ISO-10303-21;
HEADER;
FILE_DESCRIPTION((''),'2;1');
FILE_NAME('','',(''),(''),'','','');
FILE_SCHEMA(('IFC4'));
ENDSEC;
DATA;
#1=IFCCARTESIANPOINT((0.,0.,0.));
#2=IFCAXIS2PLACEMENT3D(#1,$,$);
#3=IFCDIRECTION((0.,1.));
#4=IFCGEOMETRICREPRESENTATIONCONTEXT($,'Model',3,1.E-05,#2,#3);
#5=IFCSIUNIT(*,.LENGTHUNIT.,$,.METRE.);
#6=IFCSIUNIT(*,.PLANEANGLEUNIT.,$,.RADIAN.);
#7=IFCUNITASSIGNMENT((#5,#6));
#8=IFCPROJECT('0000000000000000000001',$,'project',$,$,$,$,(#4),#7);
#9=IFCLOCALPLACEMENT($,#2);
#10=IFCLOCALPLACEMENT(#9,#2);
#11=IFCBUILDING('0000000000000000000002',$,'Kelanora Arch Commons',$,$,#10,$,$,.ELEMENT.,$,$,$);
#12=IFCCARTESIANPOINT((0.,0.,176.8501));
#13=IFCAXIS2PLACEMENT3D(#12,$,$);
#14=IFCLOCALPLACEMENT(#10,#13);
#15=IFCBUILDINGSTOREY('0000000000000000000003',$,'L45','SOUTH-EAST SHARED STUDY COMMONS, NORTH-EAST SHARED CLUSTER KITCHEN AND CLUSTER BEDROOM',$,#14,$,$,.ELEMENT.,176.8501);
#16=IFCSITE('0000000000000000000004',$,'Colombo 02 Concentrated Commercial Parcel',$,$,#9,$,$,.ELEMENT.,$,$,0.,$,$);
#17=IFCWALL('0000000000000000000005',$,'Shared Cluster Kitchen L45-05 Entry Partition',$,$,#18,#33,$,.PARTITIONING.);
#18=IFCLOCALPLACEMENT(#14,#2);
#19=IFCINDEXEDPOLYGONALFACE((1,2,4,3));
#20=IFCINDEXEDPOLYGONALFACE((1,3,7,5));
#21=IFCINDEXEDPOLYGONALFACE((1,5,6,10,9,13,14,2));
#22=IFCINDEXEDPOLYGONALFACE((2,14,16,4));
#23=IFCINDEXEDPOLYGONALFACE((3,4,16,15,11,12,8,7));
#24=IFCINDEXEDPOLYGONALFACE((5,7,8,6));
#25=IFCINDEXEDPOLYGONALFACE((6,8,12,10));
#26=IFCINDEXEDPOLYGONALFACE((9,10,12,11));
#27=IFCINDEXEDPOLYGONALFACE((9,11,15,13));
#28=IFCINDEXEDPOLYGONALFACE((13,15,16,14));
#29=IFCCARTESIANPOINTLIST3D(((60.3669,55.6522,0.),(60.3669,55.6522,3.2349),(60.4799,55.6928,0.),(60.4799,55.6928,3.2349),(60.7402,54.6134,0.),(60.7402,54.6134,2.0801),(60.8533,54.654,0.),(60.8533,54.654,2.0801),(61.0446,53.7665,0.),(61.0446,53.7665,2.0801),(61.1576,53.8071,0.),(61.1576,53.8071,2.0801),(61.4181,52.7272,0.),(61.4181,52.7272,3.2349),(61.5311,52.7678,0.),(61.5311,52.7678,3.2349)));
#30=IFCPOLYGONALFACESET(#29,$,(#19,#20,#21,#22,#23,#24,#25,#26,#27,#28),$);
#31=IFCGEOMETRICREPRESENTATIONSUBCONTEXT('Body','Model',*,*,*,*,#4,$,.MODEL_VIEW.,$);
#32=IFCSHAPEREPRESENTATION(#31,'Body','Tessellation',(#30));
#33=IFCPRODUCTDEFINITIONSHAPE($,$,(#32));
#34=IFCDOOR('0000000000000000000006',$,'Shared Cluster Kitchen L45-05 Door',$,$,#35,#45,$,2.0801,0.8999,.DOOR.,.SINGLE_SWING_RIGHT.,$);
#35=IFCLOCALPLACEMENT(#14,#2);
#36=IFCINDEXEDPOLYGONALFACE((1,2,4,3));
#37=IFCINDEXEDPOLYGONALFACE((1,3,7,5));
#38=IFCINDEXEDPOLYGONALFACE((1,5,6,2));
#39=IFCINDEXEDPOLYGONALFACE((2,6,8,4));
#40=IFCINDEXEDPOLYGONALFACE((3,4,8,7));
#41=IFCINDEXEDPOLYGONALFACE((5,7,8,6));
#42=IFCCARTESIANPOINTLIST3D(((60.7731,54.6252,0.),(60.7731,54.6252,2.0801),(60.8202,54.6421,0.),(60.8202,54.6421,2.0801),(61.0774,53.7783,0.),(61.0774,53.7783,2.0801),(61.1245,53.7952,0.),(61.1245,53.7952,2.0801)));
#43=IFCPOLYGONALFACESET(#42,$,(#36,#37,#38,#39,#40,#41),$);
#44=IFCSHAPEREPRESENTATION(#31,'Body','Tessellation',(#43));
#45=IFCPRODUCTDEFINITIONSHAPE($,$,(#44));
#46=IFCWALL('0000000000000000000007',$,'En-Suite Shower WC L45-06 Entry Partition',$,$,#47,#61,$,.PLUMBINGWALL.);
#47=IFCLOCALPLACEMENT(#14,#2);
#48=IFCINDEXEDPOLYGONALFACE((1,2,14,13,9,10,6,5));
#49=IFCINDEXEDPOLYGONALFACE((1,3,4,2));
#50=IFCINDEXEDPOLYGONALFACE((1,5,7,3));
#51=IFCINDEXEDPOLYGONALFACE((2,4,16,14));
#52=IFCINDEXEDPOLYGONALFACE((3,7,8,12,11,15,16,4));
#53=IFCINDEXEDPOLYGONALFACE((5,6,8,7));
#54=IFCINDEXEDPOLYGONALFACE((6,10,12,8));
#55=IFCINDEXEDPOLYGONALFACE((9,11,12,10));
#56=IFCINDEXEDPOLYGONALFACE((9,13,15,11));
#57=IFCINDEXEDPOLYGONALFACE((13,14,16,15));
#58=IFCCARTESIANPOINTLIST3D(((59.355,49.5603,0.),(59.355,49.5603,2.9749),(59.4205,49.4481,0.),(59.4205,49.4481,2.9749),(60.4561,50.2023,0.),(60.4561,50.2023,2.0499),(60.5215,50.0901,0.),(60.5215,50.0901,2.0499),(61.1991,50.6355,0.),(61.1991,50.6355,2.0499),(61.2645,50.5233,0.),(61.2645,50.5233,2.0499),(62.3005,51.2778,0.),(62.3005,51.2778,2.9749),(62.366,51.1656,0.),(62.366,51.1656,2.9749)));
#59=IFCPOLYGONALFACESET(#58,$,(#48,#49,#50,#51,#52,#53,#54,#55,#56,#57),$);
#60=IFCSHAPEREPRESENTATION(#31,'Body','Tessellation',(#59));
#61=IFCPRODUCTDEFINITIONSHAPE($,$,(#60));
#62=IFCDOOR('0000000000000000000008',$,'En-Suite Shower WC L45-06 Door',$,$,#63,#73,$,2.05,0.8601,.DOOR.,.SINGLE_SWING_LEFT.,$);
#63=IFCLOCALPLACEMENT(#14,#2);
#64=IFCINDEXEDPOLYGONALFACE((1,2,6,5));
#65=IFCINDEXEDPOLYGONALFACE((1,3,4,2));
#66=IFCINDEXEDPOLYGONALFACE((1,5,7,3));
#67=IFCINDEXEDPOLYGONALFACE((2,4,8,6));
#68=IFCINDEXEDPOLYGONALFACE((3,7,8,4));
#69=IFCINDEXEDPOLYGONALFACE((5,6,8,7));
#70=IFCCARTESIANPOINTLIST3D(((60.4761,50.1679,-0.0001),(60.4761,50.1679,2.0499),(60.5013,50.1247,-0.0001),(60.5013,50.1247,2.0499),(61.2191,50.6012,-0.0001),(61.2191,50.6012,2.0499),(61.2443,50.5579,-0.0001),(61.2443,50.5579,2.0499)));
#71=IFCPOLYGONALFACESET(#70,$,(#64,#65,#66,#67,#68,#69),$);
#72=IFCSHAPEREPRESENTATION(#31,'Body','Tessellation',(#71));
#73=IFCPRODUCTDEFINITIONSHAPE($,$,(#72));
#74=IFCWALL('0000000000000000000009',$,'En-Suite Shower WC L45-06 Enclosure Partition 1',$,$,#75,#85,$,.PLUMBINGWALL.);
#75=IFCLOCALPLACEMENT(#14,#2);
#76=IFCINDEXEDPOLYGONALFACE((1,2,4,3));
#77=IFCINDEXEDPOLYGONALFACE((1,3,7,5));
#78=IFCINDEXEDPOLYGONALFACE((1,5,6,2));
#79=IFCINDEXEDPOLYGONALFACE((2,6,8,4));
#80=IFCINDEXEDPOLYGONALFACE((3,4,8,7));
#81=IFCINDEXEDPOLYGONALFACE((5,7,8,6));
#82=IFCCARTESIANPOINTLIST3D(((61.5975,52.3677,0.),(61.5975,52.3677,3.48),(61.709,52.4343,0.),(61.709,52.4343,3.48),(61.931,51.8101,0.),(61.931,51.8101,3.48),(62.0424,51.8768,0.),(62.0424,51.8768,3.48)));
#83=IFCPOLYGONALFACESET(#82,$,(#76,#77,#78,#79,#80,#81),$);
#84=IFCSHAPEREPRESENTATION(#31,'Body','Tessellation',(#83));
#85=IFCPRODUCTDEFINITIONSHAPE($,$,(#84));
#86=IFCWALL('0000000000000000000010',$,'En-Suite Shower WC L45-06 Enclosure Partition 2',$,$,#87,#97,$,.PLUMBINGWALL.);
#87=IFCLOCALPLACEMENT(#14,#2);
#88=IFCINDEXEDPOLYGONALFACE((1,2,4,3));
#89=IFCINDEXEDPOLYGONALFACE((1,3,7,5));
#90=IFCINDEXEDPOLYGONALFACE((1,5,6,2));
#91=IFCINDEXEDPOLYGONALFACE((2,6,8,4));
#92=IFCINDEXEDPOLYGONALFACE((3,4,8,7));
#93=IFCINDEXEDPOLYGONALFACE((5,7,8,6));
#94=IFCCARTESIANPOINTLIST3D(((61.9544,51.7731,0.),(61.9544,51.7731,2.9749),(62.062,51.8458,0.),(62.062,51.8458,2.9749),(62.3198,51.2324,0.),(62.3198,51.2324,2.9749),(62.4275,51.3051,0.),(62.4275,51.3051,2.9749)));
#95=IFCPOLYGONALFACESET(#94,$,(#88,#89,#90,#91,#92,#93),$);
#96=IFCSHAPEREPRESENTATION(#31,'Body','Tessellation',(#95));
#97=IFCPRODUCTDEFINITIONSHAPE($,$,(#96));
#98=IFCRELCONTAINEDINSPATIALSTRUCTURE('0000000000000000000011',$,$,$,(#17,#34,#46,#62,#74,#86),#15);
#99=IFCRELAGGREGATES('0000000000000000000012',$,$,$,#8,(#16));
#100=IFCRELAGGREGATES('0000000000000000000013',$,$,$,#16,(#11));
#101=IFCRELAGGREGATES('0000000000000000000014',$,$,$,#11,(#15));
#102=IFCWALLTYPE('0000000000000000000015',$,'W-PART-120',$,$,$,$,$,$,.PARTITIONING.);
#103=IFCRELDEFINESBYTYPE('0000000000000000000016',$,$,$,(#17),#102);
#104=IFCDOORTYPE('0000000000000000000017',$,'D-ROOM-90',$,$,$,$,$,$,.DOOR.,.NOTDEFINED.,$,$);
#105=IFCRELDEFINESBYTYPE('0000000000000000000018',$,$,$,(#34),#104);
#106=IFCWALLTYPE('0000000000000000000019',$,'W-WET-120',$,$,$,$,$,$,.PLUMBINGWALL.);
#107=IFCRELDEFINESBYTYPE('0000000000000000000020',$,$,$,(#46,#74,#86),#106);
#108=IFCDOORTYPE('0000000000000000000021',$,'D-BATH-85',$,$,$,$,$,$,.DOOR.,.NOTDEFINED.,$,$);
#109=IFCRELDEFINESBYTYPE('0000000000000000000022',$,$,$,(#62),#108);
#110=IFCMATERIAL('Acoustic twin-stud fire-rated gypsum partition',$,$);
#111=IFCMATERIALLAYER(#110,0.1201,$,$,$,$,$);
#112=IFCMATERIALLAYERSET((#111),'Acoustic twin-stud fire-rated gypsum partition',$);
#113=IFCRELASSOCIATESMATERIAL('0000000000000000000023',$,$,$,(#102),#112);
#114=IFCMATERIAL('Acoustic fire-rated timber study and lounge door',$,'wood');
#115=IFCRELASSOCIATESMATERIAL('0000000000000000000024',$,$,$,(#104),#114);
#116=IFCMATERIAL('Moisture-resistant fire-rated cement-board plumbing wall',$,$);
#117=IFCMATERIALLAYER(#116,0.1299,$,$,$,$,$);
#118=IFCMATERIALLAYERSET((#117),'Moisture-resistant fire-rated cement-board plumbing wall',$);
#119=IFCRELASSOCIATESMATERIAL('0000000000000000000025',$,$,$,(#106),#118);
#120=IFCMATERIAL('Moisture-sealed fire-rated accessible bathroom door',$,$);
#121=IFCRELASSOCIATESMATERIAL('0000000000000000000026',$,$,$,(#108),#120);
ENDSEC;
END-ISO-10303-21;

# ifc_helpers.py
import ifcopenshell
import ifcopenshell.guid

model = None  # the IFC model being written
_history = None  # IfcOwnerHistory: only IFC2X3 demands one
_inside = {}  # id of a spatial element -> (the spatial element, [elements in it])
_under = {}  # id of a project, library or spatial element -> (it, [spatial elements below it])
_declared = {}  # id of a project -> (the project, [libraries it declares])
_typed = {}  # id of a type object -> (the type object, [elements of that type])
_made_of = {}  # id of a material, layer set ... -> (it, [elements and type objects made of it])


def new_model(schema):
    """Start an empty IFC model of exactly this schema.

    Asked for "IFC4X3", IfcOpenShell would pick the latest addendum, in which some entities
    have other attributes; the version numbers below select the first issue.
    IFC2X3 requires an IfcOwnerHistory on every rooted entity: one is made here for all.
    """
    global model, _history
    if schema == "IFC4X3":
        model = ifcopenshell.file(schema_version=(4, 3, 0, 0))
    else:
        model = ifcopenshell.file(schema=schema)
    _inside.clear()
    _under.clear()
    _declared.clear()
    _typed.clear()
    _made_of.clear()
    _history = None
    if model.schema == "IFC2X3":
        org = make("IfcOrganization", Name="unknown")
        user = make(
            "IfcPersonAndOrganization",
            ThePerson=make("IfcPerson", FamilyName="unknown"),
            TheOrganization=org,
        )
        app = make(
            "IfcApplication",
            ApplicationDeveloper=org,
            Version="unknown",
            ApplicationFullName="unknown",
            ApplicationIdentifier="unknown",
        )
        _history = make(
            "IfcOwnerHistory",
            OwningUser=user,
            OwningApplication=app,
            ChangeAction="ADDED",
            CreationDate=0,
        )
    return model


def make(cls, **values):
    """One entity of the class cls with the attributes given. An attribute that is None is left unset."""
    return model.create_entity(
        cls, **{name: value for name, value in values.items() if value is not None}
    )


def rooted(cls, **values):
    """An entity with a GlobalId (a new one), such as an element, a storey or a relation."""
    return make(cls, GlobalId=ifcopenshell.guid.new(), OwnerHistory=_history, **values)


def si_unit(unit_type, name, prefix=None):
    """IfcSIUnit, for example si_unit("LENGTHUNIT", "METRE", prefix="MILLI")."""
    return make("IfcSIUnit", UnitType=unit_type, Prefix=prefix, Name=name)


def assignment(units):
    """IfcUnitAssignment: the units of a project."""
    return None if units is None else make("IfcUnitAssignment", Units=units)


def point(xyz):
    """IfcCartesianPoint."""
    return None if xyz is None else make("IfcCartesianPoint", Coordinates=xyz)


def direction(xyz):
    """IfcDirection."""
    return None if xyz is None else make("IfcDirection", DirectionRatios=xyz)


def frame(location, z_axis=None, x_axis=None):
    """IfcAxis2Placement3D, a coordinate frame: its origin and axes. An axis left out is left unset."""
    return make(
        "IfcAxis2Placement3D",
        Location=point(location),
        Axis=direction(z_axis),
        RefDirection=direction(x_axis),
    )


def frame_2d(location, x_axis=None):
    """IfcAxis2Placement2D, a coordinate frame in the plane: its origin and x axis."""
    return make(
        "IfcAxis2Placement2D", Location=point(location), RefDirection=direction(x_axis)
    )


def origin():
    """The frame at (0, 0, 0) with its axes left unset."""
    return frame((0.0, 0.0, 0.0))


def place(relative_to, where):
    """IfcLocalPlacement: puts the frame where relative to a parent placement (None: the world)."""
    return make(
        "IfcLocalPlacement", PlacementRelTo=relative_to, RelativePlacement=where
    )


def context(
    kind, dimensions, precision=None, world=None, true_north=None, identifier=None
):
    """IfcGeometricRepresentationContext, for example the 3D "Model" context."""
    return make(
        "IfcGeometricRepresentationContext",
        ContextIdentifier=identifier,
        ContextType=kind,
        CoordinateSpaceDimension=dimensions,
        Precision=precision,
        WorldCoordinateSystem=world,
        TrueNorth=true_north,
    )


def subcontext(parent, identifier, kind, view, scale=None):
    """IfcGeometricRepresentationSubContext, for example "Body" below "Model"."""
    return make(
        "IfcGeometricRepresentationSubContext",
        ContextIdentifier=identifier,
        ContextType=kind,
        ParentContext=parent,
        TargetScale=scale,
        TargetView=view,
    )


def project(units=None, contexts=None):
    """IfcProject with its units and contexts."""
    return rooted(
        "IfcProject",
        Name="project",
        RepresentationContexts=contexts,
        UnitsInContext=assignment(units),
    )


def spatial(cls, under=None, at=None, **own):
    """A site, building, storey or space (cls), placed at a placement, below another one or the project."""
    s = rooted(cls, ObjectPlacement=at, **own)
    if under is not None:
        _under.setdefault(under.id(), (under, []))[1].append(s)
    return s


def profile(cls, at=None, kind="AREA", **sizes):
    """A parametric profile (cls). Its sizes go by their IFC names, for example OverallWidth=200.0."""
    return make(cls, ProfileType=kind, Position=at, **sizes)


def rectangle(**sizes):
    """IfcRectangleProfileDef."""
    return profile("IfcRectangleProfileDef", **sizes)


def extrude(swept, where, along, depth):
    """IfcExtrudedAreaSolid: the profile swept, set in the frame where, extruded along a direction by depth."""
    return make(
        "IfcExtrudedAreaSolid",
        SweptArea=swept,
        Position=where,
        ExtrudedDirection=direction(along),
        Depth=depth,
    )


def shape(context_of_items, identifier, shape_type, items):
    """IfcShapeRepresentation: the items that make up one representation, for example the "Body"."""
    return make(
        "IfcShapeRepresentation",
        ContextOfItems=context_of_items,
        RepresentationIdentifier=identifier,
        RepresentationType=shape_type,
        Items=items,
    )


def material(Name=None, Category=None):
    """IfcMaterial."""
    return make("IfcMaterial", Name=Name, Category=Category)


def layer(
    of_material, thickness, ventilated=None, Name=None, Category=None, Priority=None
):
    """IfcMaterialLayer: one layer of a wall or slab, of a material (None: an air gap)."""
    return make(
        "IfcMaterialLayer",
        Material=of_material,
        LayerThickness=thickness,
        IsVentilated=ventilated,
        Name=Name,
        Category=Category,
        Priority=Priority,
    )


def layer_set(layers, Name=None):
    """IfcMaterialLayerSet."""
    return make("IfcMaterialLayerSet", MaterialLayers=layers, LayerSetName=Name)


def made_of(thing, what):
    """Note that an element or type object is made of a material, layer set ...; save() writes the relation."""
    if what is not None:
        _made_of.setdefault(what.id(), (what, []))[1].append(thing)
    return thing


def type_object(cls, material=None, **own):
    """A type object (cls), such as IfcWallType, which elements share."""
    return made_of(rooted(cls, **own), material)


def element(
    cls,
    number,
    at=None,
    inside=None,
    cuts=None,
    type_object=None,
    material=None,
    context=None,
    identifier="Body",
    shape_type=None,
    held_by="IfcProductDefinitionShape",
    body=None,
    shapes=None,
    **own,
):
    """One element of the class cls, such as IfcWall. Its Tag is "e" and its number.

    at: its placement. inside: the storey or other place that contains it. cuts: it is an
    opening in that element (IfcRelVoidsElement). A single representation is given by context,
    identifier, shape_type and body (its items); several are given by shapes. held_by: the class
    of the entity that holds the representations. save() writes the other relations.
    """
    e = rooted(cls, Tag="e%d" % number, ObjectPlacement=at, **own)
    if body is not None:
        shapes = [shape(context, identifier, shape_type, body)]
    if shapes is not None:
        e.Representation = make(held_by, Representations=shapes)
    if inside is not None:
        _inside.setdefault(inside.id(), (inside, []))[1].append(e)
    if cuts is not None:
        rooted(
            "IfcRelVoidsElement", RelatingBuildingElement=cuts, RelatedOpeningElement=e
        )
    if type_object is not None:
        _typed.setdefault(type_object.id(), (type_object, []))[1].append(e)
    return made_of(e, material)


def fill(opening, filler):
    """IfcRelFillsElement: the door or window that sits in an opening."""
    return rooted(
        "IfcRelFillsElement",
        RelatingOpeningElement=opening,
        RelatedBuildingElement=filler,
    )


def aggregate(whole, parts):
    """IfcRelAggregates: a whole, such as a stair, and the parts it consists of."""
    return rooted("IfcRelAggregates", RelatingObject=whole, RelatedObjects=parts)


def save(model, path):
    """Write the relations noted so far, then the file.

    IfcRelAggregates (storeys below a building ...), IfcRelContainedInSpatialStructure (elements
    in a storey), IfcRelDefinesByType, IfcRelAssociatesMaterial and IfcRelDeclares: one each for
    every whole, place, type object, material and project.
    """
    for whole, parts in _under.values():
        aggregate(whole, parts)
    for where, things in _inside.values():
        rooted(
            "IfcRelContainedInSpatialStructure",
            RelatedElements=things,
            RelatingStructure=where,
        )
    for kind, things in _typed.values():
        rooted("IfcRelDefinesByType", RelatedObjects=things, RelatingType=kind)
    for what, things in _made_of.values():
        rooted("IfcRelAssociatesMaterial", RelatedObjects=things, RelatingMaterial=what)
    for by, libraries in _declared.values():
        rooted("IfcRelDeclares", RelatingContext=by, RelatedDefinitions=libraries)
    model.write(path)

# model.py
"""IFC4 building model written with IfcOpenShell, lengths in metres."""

from ifc_helpers import new_model, si_unit, direction, frame, frame_2d, origin, place, context, subcontext, project, spatial, rectangle, extrude, material, layer, layer_set, type_object, element, fill, save


model = new_model("IFC4")

# Units and contexts
model_context = context("Model", 3, precision=1e-05, world=origin(), true_north=direction((0.0, 1.0)))
body_context = subcontext(model_context, "Body", "Model", "MODEL_VIEW")
ifc_project = project(units=[si_unit("LENGTHUNIT", "METRE"), si_unit("PLANEANGLEUNIT", "RADIAN")], contexts=[model_context])

# Site, building, storey
site_placement = place(None, origin())
site = spatial("IfcSite", under=ifc_project, at=site_placement, Name="Colombo 02 Concentrated Commercial Parcel", CompositionType="ELEMENT", RefElevation=0.0)
building_placement = place(site_placement, origin())
building = spatial("IfcBuilding", under=site, at=building_placement, Name="Kelanora Arch Commons", CompositionType="ELEMENT")
storey_placement = place(building_placement, frame((0.0, 0.0, 176.8501)))
storey = spatial("IfcBuildingStorey", under=building, at=storey_placement, Name="L45", Description="SOUTH-EAST SHARED STUDY COMMONS, NORTH-EAST SHARED CLUSTER KITCHEN AND CLUSTER BEDROOM", CompositionType="ELEMENT", Elevation=176.8501)

# Walls, openings, doors
ifc_material_1 = material(Name="Acoustic twin-stud fire-rated gypsum partition")
ifc_layer_1 = layer(ifc_material_1, 0.1201)
ifc_layer_set_1 = layer_set([ifc_layer_1], Name="Acoustic twin-stud fire-rated gypsum partition")
wall_type_1 = type_object("IfcWallType", Name="W-PART-120", PredefinedType="PARTITIONING", material=ifc_layer_set_1)
wall_1_placement = place(storey_placement, frame((60.4233, 55.6726, 0.0), z_axis=(0.0, 0.0, 1.0), x_axis=(0.338222, -0.941067, 0.0)))
wall_1 = element("IfcWall", 1, at=wall_1_placement, inside=storey, type_object=wall_type_1, Name="Shared Cluster Kitchen L45-05 Entry Partition", PredefinedType="PARTITIONING", context=body_context, shape_type="SweptSolid", body=[
    extrude(rectangle(XDim=3.1082, YDim=0.1201, at=frame_2d((1.5542, 0.0))), origin(), (0.0, 0.0, 1.0), 3.2349),
])
opening_1_placement = place(wall_1_placement, frame((1.104, 0.0, 0.0)))
opening_1 = element("IfcOpeningElement", 2, at=opening_1_placement, cuts=wall_1, PredefinedType="OPENING", context=body_context, shape_type="SweptSolid", body=[
    extrude(rectangle(XDim=0.8999, YDim=2.0801, at=frame_2d((0.45, 1.04))), frame((0.0, 0.0701, 0.0), z_axis=(0.0, -1.0, 0.0), x_axis=(1.0, 0.0, 0.0)), (0.0, 0.0, 1.0), 0.1401),
])
ifc_material_2 = material(Name="Acoustic fire-rated timber study and lounge door", Category="wood")
door_type_1 = type_object("IfcDoorType", Name="D-ROOM-90", OperationType="NOTDEFINED", PredefinedType="DOOR", material=ifc_material_2)
door_1_placement = place(opening_1_placement, origin())
door_1 = element("IfcDoor", 3, at=door_1_placement, inside=storey, type_object=door_type_1, Name="Shared Cluster Kitchen L45-05 Door", OperationType="SINGLE_SWING_RIGHT", OverallHeight=2.0801, OverallWidth=0.8999, PredefinedType="DOOR", context=body_context, shape_type="SweptSolid", body=[
    extrude(rectangle(XDim=0.8999, YDim=2.0801, at=frame_2d((0.45, 1.04))), frame((0.0, 0.0249, 0.0), z_axis=(0.0, -1.0, 0.0), x_axis=(1.0, 0.0, 0.0)), (0.0, 0.0, 1.0), 0.05),
])
fill(opening_1, door_1)
ifc_material_3 = material(Name="Moisture-resistant fire-rated cement-board plumbing wall")
ifc_layer_2 = layer(ifc_material_3, 0.1299)
ifc_layer_set_2 = layer_set([ifc_layer_2], Name="Moisture-resistant fire-rated cement-board plumbing wall")
wall_type_2 = type_object("IfcWallType", Name="W-WET-120", PredefinedType="PLUMBINGWALL", material=ifc_layer_set_2)
wall_2_placement = place(storey_placement, frame((62.3333, 51.2217, 0.0), z_axis=(0.0, 0.0, 1.0), x_axis=(-0.86387, -0.503715, 0.0)))
wall_2 = element("IfcWall", 4, at=wall_2_placement, inside=storey, type_object=wall_type_2, Name="En-Suite Shower WC L45-06 Entry Partition", PredefinedType="PLUMBINGWALL", context=body_context, shape_type="SweptSolid", body=[
    extrude(rectangle(XDim=3.4097, YDim=0.1299, at=frame_2d((1.7048, 0.0))), origin(), (0.0, 0.0, 1.0), 2.9749),
])
opening_2_placement = place(wall_2_placement, frame((1.2749, 0.0, 0.0)))
opening_2 = element("IfcOpeningElement", 5, at=opening_2_placement, cuts=wall_2, PredefinedType="OPENING", context=body_context, shape_type="SweptSolid", body=[
    extrude(rectangle(XDim=0.8601, YDim=2.05, at=frame_2d((0.4302, 1.0249))), frame((0.0, 0.075, 0.0), z_axis=(0.0, -1.0, 0.0), x_axis=(1.0, 0.0, 0.0)), (0.0, 0.0, 1.0), 0.1499),
])
ifc_material_4 = material(Name="Moisture-sealed fire-rated accessible bathroom door")
door_type_2 = type_object("IfcDoorType", Name="D-BATH-85", OperationType="NOTDEFINED", PredefinedType="DOOR", material=ifc_material_4)
door_2_placement = place(opening_2_placement, origin())
door_2 = element("IfcDoor", 6, at=door_2_placement, inside=storey, type_object=door_type_2, Name="En-Suite Shower WC L45-06 Door", OperationType="SINGLE_SWING_LEFT", OverallHeight=2.05, OverallWidth=0.8601, PredefinedType="DOOR", context=body_context, shape_type="SweptSolid", body=[
    extrude(rectangle(XDim=0.8601, YDim=2.05, at=frame_2d((0.4302, 1.0249))), frame((0.0, 0.0249, 0.0), z_axis=(0.0, -1.0, 0.0), x_axis=(1.0, 0.0, 0.0)), (0.0, 0.0, 1.0), 0.05),
])
fill(opening_2, door_2)

# Walls
wall_3_placement = place(storey_placement, frame((61.6533, 52.4009, 0.0), z_axis=(0.0, 0.0, 1.0), x_axis=(0.51328, -0.858221, 0.0)))
element("IfcWall", 7, at=wall_3_placement, inside=storey, type_object=wall_type_2, Name="En-Suite Shower WC L45-06 Enclosure Partition 1", PredefinedType="PLUMBINGWALL", context=body_context, shape_type="SweptSolid", body=[
    extrude(rectangle(XDim=0.6497, YDim=0.1299, at=frame_2d((0.3247, 0.0))), origin(), (0.0, 0.0, 1.0), 3.48),
])
wall_4_placement = place(storey_placement, frame((62.0083, 51.8093, 0.0), z_axis=(0.0, 0.0, 1.0), x_axis=(0.559955, -0.828523, 0.0)))
element("IfcWall", 8, at=wall_4_placement, inside=storey, type_object=wall_type_2, Name="En-Suite Shower WC L45-06 Enclosure Partition 2", PredefinedType="PLUMBINGWALL", context=body_context, shape_type="SweptSolid", body=[
    extrude(rectangle(XDim=0.6526, YDim=0.1299, at=frame_2d((0.3262, 0.0))), origin(), (0.0, 0.0, 1.0), 2.9749),
])

save(model, "model.ifc")
